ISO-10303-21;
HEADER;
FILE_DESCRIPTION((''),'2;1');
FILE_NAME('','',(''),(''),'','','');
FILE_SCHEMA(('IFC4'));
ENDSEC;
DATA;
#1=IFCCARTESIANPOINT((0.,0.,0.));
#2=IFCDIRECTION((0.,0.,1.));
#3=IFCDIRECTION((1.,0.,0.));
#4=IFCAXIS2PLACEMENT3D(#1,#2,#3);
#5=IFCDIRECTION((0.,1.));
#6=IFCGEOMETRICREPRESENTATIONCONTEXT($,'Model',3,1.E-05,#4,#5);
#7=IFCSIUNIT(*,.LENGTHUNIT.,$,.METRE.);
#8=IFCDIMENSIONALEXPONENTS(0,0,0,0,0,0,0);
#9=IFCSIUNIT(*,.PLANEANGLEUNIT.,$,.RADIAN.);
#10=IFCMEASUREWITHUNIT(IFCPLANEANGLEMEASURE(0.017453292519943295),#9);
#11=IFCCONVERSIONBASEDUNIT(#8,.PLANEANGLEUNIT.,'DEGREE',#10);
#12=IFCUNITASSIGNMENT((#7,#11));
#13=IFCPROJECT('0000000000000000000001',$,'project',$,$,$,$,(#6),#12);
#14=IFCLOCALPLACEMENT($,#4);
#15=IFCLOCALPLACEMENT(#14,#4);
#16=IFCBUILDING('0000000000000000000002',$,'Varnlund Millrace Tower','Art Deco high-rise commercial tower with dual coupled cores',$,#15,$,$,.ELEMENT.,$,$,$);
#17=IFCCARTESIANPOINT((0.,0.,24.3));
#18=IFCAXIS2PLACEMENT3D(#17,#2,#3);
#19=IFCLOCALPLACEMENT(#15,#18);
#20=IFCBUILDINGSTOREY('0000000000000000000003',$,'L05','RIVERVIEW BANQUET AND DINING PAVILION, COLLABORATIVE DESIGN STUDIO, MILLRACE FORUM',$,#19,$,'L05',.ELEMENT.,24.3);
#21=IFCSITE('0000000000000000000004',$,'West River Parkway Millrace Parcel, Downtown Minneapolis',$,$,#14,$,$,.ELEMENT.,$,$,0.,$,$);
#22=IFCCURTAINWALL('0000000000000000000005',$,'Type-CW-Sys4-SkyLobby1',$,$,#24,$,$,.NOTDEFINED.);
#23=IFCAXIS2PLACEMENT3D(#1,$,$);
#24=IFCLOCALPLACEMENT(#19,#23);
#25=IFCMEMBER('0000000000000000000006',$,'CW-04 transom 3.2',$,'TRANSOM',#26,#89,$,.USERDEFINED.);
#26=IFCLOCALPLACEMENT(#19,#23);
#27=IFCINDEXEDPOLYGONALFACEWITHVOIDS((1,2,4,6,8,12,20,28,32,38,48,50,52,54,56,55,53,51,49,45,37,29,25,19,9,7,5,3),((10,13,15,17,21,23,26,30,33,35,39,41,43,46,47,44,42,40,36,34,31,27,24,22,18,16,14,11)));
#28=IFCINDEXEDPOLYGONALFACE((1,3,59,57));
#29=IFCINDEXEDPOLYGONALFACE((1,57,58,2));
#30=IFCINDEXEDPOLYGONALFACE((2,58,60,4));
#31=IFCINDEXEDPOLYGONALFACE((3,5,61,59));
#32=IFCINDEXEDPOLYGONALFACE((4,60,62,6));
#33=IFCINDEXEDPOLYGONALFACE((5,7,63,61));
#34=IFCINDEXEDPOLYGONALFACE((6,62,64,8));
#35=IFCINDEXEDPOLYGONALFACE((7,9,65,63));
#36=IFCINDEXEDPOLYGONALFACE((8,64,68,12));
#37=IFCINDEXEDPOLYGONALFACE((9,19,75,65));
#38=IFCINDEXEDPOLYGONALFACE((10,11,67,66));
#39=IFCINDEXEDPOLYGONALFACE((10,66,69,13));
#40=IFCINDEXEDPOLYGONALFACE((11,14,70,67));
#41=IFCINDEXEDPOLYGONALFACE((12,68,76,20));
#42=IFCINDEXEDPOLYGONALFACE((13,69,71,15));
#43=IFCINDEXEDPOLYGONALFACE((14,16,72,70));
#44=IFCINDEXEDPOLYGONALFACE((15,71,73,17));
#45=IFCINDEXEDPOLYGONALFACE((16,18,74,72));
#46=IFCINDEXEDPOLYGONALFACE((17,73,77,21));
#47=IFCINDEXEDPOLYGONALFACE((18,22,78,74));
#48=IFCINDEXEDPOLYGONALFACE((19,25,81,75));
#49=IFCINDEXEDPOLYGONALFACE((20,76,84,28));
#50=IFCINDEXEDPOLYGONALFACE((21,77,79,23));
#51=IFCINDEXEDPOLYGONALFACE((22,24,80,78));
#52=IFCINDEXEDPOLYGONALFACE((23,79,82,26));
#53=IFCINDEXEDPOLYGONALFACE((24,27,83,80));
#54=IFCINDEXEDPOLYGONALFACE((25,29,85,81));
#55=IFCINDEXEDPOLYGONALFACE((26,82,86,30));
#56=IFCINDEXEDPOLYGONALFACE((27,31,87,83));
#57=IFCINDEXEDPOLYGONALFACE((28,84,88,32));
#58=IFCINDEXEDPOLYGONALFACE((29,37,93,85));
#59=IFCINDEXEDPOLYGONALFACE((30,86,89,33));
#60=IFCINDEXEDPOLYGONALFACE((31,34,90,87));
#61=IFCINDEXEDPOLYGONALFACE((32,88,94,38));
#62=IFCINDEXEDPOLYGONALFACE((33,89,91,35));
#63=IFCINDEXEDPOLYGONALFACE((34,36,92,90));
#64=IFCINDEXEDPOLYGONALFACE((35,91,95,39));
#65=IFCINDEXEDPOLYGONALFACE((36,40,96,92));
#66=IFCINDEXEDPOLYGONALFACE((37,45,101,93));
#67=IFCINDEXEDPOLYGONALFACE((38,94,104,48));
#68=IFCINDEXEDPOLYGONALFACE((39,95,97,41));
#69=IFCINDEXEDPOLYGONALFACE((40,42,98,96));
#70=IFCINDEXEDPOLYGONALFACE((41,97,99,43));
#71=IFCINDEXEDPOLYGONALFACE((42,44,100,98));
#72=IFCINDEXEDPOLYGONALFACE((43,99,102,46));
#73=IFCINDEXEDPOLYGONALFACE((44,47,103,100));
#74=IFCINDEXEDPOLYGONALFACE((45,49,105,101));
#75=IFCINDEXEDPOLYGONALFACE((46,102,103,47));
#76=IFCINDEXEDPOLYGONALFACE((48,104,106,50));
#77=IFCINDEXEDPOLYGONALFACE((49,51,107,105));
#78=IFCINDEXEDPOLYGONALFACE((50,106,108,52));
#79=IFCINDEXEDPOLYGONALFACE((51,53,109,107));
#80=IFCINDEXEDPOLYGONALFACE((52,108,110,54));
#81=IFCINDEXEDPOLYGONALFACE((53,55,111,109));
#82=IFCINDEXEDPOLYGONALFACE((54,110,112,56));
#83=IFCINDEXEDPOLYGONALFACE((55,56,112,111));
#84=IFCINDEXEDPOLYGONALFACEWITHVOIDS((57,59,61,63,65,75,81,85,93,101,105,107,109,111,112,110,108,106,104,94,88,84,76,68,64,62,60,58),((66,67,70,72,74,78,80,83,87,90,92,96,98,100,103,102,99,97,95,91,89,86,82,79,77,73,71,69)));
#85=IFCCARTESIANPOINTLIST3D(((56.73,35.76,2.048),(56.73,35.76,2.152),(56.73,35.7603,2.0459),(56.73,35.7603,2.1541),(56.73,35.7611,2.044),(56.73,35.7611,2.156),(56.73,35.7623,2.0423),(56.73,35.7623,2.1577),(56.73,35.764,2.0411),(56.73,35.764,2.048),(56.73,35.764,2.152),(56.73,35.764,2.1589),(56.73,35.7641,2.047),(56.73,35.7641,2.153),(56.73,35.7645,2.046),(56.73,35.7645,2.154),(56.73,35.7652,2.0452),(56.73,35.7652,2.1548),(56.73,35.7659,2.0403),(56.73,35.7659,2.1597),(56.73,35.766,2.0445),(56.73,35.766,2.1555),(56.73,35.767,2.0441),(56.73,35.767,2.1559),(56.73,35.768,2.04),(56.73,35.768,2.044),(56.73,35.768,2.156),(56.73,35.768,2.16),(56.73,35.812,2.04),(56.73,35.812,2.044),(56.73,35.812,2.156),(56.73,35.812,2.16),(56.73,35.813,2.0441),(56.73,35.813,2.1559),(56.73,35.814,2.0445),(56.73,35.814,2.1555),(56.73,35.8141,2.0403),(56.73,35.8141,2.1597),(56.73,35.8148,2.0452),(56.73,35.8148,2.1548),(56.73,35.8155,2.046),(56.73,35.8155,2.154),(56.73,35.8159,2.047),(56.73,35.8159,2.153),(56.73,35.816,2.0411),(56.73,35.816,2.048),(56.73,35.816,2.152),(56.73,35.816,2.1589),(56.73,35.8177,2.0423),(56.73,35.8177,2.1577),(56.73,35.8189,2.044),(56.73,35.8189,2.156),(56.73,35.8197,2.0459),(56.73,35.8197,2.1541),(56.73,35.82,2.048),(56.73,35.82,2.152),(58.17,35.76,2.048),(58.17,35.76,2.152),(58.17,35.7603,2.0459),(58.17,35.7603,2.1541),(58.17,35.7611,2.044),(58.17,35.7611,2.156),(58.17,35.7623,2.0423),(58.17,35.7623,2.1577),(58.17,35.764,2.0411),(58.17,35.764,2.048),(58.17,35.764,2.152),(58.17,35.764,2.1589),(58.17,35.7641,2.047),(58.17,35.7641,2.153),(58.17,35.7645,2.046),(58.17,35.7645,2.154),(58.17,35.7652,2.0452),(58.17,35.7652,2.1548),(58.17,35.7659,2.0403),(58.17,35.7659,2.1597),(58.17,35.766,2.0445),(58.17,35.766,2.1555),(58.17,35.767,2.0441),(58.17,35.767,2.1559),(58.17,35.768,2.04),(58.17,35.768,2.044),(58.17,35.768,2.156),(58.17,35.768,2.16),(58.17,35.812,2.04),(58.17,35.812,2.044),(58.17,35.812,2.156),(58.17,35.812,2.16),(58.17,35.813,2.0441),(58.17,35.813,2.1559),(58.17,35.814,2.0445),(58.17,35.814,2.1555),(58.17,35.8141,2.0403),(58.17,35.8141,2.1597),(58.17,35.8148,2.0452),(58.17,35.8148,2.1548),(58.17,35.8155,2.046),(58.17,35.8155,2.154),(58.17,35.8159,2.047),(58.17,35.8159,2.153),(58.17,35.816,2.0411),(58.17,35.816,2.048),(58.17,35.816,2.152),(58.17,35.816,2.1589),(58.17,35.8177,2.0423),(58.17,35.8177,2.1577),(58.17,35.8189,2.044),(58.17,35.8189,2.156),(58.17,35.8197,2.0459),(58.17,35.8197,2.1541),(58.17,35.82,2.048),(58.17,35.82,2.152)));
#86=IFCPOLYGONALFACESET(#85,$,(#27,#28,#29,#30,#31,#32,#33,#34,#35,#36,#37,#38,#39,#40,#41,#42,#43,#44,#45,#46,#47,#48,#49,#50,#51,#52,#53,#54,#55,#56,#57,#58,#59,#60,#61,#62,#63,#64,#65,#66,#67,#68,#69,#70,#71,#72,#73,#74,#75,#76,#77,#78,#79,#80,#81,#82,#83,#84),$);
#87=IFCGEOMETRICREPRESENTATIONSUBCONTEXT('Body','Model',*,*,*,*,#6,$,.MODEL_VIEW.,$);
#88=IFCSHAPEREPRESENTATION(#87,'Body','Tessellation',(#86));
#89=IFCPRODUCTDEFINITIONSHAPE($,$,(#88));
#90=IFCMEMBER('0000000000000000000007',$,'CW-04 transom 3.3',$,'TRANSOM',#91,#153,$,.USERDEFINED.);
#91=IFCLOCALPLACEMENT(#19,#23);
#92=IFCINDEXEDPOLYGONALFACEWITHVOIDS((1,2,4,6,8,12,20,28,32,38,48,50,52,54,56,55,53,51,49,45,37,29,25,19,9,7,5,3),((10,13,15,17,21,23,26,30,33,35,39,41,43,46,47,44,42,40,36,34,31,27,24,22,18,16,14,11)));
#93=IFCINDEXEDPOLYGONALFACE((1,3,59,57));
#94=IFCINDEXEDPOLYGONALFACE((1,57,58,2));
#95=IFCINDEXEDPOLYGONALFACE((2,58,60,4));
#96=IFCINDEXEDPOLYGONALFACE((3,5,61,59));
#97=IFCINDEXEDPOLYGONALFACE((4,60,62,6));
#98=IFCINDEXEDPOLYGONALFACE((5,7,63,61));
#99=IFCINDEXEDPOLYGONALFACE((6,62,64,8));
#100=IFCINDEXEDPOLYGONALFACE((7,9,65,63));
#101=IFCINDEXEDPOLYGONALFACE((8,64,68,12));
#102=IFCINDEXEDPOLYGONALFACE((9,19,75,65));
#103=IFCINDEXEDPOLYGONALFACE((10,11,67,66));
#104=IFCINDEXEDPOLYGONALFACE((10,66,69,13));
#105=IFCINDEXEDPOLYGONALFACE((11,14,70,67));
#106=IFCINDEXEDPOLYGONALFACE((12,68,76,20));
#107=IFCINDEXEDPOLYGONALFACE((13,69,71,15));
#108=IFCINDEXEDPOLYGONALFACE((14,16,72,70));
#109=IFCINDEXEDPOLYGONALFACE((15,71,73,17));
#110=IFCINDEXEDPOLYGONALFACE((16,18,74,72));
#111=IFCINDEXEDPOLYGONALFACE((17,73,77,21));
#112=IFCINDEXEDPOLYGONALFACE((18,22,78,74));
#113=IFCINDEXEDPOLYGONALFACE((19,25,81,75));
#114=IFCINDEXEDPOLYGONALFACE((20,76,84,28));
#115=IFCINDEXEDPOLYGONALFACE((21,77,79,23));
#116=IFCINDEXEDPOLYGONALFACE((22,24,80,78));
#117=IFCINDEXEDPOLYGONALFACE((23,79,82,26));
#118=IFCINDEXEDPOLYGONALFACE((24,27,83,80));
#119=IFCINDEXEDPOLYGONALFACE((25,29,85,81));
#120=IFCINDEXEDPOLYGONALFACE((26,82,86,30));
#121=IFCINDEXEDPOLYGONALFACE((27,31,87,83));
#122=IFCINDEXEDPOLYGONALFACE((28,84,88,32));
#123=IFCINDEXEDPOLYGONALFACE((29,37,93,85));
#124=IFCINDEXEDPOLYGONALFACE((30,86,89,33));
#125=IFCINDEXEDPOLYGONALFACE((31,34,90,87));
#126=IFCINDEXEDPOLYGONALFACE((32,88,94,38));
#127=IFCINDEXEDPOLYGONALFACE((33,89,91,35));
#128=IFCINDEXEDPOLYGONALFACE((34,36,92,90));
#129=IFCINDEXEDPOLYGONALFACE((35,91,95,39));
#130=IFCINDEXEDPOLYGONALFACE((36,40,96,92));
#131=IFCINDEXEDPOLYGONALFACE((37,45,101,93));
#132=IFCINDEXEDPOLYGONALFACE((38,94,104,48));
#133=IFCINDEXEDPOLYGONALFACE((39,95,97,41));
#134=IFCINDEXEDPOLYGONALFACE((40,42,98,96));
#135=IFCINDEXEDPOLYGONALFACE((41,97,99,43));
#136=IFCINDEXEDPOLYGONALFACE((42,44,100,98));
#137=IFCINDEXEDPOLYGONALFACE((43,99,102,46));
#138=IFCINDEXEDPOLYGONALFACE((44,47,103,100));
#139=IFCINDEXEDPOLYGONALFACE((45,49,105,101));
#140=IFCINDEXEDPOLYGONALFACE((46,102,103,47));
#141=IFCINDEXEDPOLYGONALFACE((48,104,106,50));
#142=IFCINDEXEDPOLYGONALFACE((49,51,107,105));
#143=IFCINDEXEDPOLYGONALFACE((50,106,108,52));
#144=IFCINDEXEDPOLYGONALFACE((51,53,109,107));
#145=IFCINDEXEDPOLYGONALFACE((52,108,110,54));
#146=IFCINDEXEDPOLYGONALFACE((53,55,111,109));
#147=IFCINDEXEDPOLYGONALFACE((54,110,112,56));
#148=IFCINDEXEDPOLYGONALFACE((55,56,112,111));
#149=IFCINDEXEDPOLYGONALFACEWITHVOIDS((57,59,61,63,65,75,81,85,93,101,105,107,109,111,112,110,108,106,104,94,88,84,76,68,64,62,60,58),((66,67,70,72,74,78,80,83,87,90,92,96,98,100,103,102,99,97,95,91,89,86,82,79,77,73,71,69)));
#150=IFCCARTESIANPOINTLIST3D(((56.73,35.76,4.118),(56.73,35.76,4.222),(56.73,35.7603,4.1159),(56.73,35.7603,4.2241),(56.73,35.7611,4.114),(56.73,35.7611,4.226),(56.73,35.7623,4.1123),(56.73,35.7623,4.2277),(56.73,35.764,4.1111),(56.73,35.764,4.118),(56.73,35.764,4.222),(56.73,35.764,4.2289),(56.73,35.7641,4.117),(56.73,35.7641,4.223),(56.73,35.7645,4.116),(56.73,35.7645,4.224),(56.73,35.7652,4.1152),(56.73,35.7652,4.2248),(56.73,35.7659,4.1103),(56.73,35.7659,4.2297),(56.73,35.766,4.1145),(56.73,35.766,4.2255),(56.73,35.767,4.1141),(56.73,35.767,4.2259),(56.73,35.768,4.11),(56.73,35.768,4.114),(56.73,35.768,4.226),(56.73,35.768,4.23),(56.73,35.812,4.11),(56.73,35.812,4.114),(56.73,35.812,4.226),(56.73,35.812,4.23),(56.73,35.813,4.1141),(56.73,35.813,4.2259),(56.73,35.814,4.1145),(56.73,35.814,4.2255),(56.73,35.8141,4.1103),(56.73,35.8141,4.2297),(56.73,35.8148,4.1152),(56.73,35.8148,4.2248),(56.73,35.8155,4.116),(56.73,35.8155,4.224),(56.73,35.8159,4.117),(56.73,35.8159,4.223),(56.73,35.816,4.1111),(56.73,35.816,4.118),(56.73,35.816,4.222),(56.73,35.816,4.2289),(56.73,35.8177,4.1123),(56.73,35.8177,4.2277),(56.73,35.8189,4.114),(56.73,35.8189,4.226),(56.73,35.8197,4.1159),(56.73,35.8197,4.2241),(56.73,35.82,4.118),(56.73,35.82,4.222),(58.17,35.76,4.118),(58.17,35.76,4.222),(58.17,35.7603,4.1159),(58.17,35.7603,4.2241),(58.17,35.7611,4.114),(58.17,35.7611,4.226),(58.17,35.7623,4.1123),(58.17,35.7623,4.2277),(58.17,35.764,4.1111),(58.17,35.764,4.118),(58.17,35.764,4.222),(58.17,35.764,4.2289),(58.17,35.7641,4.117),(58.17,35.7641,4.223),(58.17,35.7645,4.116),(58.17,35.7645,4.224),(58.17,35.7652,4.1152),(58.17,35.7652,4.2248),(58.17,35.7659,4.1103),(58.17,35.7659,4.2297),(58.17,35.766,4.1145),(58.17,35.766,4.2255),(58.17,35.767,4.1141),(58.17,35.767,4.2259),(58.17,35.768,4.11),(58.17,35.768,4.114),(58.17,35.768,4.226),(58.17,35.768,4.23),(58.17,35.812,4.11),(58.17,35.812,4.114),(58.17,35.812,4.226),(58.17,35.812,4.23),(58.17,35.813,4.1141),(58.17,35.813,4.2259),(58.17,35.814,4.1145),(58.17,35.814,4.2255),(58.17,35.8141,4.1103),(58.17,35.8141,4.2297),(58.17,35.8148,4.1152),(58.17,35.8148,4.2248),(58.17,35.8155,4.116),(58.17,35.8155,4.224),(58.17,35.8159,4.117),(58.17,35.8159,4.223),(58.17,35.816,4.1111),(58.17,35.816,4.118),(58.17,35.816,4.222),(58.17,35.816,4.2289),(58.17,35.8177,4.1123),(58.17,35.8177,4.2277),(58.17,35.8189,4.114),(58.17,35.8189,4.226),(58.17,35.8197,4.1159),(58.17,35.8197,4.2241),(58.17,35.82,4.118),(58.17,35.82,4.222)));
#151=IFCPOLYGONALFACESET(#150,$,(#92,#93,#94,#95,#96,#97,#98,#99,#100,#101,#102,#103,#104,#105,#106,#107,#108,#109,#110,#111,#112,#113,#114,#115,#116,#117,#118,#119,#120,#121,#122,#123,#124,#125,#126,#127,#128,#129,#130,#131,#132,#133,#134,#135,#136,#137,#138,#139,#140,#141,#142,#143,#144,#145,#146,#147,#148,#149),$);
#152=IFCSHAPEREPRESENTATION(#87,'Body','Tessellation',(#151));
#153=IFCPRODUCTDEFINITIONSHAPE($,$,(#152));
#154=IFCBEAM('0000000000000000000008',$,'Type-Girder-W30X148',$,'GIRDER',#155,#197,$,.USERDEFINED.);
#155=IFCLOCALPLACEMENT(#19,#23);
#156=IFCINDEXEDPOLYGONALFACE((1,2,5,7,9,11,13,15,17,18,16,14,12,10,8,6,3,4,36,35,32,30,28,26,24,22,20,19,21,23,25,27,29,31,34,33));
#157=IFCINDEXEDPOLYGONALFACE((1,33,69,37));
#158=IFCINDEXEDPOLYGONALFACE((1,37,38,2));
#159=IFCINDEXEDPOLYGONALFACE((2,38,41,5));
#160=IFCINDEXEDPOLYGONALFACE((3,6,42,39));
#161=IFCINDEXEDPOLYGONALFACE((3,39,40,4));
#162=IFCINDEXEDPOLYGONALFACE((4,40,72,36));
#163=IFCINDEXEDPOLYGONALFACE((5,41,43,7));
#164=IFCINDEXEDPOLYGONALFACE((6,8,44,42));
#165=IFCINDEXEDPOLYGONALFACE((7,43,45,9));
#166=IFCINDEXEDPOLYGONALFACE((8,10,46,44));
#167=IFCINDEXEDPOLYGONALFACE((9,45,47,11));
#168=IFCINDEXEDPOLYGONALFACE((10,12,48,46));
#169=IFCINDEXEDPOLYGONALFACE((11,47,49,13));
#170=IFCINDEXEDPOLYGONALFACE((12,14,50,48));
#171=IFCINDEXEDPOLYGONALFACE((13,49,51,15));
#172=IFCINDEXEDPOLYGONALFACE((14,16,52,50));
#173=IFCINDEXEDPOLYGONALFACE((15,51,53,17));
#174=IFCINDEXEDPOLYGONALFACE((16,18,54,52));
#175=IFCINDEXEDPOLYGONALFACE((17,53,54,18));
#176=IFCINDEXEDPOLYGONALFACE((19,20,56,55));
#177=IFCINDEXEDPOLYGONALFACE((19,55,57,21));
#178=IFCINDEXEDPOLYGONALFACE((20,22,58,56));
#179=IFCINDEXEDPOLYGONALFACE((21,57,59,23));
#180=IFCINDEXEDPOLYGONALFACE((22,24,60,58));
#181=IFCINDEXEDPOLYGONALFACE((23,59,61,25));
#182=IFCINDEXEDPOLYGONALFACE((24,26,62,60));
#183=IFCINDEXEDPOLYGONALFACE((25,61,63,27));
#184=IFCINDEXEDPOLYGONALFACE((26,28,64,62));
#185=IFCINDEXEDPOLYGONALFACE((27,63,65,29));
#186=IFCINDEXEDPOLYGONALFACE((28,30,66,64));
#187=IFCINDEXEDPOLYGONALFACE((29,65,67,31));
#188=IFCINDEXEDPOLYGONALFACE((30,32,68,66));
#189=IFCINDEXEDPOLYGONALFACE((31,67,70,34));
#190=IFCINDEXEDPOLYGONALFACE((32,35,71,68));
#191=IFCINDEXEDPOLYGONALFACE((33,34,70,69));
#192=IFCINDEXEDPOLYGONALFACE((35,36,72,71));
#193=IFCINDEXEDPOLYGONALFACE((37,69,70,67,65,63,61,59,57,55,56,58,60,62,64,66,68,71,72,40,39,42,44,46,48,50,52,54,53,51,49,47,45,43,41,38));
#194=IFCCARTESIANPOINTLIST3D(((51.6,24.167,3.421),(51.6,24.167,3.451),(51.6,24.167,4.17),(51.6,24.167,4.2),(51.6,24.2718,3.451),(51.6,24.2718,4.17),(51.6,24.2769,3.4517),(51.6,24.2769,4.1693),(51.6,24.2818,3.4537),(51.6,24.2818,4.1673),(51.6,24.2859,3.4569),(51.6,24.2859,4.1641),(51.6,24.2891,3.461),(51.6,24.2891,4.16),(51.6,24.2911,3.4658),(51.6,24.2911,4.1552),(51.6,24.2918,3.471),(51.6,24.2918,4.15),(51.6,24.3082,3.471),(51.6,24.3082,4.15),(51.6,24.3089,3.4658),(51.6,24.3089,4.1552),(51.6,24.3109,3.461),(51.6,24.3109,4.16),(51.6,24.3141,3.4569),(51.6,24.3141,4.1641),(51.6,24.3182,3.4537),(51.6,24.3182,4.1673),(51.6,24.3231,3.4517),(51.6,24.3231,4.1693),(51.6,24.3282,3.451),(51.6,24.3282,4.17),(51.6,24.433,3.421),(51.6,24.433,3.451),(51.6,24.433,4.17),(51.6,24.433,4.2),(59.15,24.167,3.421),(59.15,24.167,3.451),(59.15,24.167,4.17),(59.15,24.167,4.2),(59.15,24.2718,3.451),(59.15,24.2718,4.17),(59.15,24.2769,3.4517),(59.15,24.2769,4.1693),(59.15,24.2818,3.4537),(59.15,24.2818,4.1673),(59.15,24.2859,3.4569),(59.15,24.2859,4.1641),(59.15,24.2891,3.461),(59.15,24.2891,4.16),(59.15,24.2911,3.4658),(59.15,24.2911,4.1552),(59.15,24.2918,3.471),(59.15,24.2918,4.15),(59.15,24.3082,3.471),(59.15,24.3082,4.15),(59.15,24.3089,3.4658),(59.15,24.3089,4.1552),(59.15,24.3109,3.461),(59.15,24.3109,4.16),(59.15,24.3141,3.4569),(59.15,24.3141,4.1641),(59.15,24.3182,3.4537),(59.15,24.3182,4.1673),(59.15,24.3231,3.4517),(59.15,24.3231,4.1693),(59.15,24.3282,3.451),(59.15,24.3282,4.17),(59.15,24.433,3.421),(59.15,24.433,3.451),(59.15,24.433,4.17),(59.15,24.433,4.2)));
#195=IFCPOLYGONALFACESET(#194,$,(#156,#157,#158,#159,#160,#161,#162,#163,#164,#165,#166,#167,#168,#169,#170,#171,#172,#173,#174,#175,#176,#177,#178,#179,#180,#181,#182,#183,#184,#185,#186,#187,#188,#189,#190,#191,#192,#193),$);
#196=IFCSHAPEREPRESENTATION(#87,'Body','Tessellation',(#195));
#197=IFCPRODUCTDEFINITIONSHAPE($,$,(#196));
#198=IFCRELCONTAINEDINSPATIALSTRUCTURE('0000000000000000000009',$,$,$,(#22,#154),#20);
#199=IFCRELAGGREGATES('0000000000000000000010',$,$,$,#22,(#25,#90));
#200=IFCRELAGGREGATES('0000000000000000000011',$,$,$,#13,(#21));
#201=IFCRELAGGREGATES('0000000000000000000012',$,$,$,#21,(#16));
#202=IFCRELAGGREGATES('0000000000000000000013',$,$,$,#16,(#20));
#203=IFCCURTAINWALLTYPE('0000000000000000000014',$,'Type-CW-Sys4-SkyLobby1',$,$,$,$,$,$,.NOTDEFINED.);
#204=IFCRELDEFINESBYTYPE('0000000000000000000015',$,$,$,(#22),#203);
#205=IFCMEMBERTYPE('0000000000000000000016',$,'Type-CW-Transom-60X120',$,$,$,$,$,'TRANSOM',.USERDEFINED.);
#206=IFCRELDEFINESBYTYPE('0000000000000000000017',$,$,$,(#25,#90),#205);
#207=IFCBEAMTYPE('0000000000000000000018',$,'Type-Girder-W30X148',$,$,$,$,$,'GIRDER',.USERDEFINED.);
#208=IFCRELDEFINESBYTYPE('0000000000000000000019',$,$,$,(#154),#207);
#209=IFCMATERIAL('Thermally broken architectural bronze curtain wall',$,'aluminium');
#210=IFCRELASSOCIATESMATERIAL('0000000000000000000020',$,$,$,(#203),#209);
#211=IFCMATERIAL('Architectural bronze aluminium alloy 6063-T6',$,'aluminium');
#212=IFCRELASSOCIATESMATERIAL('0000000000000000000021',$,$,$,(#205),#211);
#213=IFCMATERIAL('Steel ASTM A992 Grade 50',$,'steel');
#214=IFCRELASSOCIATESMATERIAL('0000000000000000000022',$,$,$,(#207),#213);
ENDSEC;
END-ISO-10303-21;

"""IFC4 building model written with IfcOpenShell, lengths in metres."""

from ifc_helpers import new_model, entity, si_unit, converted_unit, direction, frame, origin_with_axes, origin_2d_with_axis, place, context, subcontext, project, spatial, hollow_rectangle, i_section, extrude, material, material_profile, profile_set, type_object, element, aggregate, save


model = new_model("IFC4")

# Units and contexts
model_context = context("Model", 3, precision=1e-05, world=origin_with_axes(), true_north=direction((0.0, 1.0)))
body_context = subcontext(model_context, "Body", "Model", "MODEL_VIEW")
ifc_project = project(units=[si_unit("LENGTHUNIT", "METRE"), converted_unit("PLANEANGLEUNIT", "DEGREE", entity("IfcPlaneAngleMeasure", 0.017453292519943295), si_unit("PLANEANGLEUNIT", "RADIAN"), dimensions=[0, 0, 0, 0, 0, 0, 0])], contexts=[model_context])

# Site, building, storey
site_placement = place(None, origin_with_axes())
site = spatial("IfcSite", under=ifc_project, at=site_placement, Name="West River Parkway Millrace Parcel, Downtown Minneapolis", CompositionType="ELEMENT", RefElevation=0.0)
building_placement = place(site_placement, origin_with_axes())
building = spatial("IfcBuilding", under=site, at=building_placement, Name="Varnlund Millrace Tower", Description="Art Deco high-rise commercial tower with dual coupled cores", CompositionType="ELEMENT")
storey_placement = place(building_placement, frame((0.0, 0.0, 24.3), z_axis=(0.0, 0.0, 1.0), x_axis=(1.0, 0.0, 0.0)))
storey = spatial("IfcBuildingStorey", under=building, at=storey_placement, Name="L05", Description="RIVERVIEW BANQUET AND DINING PAVILION, COLLABORATIVE DESIGN STUDIO, MILLRACE FORUM", LongName="L05", CompositionType="ELEMENT", Elevation=24.3)

# Curtain wall, members
ifc_material_1 = material(Name="Thermally broken architectural bronze curtain wall", Category="aluminium")
curtain_wall_type = type_object("IfcCurtainWallType", Name="Type-CW-Sys4-SkyLobby1", PredefinedType="NOTDEFINED", material=ifc_material_1)
curtain_wall_placement = place(storey_placement, frame((53.7, 35.79, 0.0), z_axis=(0.0, 0.0, 1.0), x_axis=(1.0, 0.0, 0.0)))
curtain_wall = element("IfcCurtainWall", 1, at=curtain_wall_placement, inside=storey, type_object=curtain_wall_type, Name="Type-CW-Sys4-SkyLobby1", PredefinedType="NOTDEFINED")
ifc_material_2 = material(Name="Architectural bronze aluminium alloy 6063-T6", Category="aluminium")
ifc_material_profile_1 = material_profile(ifc_material_2, hollow_rectangle(XDim=0.06, YDim=0.12, WallThickness=0.004, InnerFilletRadius=0.004, OuterFilletRadius=0.008, at=origin_2d_with_axis()), Name="Architectural bronze aluminium alloy 6063-T6")
ifc_profile_set_1 = profile_set([ifc_material_profile_1], Name="Architectural bronze aluminium alloy 6063-T6")
member_type_1 = type_object("IfcMemberType", Name="Type-CW-Transom-60X120", ElementType="TRANSOM", PredefinedType="USERDEFINED", material=ifc_profile_set_1)
member_1_placement = place(storey_placement, frame((56.73, 35.79, 2.1), z_axis=(1.0, 0.0, 0.0), x_axis=(0.0, 1.0, 0.0)))
member_1 = element("IfcMember", 2, at=member_1_placement, type_object=member_type_1, Name="CW-04 transom 3.2", ObjectType="TRANSOM", PredefinedType="USERDEFINED", context=body_context, shape_type="SweptSolid", body=[
    extrude(hollow_rectangle(XDim=0.06, YDim=0.12, WallThickness=0.004, InnerFilletRadius=0.004, OuterFilletRadius=0.008, at=origin_2d_with_axis()), origin_with_axes(), (0.0, 0.0, 1.0), 1.44),
])
member_2_placement = place(storey_placement, frame((56.73, 35.79, 4.17), z_axis=(1.0, 0.0, 0.0), x_axis=(0.0, 1.0, 0.0)))
member_2 = element("IfcMember", 3, at=member_2_placement, type_object=member_type_1, Name="CW-04 transom 3.3", ObjectType="TRANSOM", PredefinedType="USERDEFINED", context=body_context, shape_type="SweptSolid", body=[
    extrude(hollow_rectangle(XDim=0.06, YDim=0.12, WallThickness=0.004, InnerFilletRadius=0.004, OuterFilletRadius=0.008, at=origin_2d_with_axis()), origin_with_axes(), (0.0, 0.0, 1.0), 1.44),
])

# Beam
ifc_material_3 = material(Name="Steel ASTM A992 Grade 50", Category="steel")
ifc_material_profile_2 = material_profile(ifc_material_3, i_section(OverallWidth=0.266, OverallDepth=0.779, WebThickness=0.0165, FlangeThickness=0.03, FilletRadius=0.02, at=origin_2d_with_axis()), Name="Steel ASTM A992 Grade 50")
ifc_profile_set_2 = profile_set([ifc_material_profile_2], Name="Steel ASTM A992 Grade 50")
beam_type = type_object("IfcBeamType", Name="Type-Girder-W30X148", ElementType="GIRDER", PredefinedType="USERDEFINED", material=ifc_profile_set_2)
beam_placement = place(storey_placement, frame((51.6, 24.3, 3.8105), z_axis=(1.0, 0.0, 0.0), x_axis=(0.0, 1.0, 0.0)))
element("IfcBeam", 4, at=beam_placement, inside=storey, type_object=beam_type, Name="Type-Girder-W30X148", ObjectType="GIRDER", PredefinedType="USERDEFINED", context=body_context, shape_type="SweptSolid", body=[
    extrude(i_section(OverallWidth=0.266, OverallDepth=0.779, WebThickness=0.0165, FlangeThickness=0.03, FilletRadius=0.02, at=origin_2d_with_axis()), origin_with_axes(), (0.0, 0.0, 1.0), 7.55),
])

aggregate(curtain_wall, [member_1, member_2])

save(model, "model.ifc")
